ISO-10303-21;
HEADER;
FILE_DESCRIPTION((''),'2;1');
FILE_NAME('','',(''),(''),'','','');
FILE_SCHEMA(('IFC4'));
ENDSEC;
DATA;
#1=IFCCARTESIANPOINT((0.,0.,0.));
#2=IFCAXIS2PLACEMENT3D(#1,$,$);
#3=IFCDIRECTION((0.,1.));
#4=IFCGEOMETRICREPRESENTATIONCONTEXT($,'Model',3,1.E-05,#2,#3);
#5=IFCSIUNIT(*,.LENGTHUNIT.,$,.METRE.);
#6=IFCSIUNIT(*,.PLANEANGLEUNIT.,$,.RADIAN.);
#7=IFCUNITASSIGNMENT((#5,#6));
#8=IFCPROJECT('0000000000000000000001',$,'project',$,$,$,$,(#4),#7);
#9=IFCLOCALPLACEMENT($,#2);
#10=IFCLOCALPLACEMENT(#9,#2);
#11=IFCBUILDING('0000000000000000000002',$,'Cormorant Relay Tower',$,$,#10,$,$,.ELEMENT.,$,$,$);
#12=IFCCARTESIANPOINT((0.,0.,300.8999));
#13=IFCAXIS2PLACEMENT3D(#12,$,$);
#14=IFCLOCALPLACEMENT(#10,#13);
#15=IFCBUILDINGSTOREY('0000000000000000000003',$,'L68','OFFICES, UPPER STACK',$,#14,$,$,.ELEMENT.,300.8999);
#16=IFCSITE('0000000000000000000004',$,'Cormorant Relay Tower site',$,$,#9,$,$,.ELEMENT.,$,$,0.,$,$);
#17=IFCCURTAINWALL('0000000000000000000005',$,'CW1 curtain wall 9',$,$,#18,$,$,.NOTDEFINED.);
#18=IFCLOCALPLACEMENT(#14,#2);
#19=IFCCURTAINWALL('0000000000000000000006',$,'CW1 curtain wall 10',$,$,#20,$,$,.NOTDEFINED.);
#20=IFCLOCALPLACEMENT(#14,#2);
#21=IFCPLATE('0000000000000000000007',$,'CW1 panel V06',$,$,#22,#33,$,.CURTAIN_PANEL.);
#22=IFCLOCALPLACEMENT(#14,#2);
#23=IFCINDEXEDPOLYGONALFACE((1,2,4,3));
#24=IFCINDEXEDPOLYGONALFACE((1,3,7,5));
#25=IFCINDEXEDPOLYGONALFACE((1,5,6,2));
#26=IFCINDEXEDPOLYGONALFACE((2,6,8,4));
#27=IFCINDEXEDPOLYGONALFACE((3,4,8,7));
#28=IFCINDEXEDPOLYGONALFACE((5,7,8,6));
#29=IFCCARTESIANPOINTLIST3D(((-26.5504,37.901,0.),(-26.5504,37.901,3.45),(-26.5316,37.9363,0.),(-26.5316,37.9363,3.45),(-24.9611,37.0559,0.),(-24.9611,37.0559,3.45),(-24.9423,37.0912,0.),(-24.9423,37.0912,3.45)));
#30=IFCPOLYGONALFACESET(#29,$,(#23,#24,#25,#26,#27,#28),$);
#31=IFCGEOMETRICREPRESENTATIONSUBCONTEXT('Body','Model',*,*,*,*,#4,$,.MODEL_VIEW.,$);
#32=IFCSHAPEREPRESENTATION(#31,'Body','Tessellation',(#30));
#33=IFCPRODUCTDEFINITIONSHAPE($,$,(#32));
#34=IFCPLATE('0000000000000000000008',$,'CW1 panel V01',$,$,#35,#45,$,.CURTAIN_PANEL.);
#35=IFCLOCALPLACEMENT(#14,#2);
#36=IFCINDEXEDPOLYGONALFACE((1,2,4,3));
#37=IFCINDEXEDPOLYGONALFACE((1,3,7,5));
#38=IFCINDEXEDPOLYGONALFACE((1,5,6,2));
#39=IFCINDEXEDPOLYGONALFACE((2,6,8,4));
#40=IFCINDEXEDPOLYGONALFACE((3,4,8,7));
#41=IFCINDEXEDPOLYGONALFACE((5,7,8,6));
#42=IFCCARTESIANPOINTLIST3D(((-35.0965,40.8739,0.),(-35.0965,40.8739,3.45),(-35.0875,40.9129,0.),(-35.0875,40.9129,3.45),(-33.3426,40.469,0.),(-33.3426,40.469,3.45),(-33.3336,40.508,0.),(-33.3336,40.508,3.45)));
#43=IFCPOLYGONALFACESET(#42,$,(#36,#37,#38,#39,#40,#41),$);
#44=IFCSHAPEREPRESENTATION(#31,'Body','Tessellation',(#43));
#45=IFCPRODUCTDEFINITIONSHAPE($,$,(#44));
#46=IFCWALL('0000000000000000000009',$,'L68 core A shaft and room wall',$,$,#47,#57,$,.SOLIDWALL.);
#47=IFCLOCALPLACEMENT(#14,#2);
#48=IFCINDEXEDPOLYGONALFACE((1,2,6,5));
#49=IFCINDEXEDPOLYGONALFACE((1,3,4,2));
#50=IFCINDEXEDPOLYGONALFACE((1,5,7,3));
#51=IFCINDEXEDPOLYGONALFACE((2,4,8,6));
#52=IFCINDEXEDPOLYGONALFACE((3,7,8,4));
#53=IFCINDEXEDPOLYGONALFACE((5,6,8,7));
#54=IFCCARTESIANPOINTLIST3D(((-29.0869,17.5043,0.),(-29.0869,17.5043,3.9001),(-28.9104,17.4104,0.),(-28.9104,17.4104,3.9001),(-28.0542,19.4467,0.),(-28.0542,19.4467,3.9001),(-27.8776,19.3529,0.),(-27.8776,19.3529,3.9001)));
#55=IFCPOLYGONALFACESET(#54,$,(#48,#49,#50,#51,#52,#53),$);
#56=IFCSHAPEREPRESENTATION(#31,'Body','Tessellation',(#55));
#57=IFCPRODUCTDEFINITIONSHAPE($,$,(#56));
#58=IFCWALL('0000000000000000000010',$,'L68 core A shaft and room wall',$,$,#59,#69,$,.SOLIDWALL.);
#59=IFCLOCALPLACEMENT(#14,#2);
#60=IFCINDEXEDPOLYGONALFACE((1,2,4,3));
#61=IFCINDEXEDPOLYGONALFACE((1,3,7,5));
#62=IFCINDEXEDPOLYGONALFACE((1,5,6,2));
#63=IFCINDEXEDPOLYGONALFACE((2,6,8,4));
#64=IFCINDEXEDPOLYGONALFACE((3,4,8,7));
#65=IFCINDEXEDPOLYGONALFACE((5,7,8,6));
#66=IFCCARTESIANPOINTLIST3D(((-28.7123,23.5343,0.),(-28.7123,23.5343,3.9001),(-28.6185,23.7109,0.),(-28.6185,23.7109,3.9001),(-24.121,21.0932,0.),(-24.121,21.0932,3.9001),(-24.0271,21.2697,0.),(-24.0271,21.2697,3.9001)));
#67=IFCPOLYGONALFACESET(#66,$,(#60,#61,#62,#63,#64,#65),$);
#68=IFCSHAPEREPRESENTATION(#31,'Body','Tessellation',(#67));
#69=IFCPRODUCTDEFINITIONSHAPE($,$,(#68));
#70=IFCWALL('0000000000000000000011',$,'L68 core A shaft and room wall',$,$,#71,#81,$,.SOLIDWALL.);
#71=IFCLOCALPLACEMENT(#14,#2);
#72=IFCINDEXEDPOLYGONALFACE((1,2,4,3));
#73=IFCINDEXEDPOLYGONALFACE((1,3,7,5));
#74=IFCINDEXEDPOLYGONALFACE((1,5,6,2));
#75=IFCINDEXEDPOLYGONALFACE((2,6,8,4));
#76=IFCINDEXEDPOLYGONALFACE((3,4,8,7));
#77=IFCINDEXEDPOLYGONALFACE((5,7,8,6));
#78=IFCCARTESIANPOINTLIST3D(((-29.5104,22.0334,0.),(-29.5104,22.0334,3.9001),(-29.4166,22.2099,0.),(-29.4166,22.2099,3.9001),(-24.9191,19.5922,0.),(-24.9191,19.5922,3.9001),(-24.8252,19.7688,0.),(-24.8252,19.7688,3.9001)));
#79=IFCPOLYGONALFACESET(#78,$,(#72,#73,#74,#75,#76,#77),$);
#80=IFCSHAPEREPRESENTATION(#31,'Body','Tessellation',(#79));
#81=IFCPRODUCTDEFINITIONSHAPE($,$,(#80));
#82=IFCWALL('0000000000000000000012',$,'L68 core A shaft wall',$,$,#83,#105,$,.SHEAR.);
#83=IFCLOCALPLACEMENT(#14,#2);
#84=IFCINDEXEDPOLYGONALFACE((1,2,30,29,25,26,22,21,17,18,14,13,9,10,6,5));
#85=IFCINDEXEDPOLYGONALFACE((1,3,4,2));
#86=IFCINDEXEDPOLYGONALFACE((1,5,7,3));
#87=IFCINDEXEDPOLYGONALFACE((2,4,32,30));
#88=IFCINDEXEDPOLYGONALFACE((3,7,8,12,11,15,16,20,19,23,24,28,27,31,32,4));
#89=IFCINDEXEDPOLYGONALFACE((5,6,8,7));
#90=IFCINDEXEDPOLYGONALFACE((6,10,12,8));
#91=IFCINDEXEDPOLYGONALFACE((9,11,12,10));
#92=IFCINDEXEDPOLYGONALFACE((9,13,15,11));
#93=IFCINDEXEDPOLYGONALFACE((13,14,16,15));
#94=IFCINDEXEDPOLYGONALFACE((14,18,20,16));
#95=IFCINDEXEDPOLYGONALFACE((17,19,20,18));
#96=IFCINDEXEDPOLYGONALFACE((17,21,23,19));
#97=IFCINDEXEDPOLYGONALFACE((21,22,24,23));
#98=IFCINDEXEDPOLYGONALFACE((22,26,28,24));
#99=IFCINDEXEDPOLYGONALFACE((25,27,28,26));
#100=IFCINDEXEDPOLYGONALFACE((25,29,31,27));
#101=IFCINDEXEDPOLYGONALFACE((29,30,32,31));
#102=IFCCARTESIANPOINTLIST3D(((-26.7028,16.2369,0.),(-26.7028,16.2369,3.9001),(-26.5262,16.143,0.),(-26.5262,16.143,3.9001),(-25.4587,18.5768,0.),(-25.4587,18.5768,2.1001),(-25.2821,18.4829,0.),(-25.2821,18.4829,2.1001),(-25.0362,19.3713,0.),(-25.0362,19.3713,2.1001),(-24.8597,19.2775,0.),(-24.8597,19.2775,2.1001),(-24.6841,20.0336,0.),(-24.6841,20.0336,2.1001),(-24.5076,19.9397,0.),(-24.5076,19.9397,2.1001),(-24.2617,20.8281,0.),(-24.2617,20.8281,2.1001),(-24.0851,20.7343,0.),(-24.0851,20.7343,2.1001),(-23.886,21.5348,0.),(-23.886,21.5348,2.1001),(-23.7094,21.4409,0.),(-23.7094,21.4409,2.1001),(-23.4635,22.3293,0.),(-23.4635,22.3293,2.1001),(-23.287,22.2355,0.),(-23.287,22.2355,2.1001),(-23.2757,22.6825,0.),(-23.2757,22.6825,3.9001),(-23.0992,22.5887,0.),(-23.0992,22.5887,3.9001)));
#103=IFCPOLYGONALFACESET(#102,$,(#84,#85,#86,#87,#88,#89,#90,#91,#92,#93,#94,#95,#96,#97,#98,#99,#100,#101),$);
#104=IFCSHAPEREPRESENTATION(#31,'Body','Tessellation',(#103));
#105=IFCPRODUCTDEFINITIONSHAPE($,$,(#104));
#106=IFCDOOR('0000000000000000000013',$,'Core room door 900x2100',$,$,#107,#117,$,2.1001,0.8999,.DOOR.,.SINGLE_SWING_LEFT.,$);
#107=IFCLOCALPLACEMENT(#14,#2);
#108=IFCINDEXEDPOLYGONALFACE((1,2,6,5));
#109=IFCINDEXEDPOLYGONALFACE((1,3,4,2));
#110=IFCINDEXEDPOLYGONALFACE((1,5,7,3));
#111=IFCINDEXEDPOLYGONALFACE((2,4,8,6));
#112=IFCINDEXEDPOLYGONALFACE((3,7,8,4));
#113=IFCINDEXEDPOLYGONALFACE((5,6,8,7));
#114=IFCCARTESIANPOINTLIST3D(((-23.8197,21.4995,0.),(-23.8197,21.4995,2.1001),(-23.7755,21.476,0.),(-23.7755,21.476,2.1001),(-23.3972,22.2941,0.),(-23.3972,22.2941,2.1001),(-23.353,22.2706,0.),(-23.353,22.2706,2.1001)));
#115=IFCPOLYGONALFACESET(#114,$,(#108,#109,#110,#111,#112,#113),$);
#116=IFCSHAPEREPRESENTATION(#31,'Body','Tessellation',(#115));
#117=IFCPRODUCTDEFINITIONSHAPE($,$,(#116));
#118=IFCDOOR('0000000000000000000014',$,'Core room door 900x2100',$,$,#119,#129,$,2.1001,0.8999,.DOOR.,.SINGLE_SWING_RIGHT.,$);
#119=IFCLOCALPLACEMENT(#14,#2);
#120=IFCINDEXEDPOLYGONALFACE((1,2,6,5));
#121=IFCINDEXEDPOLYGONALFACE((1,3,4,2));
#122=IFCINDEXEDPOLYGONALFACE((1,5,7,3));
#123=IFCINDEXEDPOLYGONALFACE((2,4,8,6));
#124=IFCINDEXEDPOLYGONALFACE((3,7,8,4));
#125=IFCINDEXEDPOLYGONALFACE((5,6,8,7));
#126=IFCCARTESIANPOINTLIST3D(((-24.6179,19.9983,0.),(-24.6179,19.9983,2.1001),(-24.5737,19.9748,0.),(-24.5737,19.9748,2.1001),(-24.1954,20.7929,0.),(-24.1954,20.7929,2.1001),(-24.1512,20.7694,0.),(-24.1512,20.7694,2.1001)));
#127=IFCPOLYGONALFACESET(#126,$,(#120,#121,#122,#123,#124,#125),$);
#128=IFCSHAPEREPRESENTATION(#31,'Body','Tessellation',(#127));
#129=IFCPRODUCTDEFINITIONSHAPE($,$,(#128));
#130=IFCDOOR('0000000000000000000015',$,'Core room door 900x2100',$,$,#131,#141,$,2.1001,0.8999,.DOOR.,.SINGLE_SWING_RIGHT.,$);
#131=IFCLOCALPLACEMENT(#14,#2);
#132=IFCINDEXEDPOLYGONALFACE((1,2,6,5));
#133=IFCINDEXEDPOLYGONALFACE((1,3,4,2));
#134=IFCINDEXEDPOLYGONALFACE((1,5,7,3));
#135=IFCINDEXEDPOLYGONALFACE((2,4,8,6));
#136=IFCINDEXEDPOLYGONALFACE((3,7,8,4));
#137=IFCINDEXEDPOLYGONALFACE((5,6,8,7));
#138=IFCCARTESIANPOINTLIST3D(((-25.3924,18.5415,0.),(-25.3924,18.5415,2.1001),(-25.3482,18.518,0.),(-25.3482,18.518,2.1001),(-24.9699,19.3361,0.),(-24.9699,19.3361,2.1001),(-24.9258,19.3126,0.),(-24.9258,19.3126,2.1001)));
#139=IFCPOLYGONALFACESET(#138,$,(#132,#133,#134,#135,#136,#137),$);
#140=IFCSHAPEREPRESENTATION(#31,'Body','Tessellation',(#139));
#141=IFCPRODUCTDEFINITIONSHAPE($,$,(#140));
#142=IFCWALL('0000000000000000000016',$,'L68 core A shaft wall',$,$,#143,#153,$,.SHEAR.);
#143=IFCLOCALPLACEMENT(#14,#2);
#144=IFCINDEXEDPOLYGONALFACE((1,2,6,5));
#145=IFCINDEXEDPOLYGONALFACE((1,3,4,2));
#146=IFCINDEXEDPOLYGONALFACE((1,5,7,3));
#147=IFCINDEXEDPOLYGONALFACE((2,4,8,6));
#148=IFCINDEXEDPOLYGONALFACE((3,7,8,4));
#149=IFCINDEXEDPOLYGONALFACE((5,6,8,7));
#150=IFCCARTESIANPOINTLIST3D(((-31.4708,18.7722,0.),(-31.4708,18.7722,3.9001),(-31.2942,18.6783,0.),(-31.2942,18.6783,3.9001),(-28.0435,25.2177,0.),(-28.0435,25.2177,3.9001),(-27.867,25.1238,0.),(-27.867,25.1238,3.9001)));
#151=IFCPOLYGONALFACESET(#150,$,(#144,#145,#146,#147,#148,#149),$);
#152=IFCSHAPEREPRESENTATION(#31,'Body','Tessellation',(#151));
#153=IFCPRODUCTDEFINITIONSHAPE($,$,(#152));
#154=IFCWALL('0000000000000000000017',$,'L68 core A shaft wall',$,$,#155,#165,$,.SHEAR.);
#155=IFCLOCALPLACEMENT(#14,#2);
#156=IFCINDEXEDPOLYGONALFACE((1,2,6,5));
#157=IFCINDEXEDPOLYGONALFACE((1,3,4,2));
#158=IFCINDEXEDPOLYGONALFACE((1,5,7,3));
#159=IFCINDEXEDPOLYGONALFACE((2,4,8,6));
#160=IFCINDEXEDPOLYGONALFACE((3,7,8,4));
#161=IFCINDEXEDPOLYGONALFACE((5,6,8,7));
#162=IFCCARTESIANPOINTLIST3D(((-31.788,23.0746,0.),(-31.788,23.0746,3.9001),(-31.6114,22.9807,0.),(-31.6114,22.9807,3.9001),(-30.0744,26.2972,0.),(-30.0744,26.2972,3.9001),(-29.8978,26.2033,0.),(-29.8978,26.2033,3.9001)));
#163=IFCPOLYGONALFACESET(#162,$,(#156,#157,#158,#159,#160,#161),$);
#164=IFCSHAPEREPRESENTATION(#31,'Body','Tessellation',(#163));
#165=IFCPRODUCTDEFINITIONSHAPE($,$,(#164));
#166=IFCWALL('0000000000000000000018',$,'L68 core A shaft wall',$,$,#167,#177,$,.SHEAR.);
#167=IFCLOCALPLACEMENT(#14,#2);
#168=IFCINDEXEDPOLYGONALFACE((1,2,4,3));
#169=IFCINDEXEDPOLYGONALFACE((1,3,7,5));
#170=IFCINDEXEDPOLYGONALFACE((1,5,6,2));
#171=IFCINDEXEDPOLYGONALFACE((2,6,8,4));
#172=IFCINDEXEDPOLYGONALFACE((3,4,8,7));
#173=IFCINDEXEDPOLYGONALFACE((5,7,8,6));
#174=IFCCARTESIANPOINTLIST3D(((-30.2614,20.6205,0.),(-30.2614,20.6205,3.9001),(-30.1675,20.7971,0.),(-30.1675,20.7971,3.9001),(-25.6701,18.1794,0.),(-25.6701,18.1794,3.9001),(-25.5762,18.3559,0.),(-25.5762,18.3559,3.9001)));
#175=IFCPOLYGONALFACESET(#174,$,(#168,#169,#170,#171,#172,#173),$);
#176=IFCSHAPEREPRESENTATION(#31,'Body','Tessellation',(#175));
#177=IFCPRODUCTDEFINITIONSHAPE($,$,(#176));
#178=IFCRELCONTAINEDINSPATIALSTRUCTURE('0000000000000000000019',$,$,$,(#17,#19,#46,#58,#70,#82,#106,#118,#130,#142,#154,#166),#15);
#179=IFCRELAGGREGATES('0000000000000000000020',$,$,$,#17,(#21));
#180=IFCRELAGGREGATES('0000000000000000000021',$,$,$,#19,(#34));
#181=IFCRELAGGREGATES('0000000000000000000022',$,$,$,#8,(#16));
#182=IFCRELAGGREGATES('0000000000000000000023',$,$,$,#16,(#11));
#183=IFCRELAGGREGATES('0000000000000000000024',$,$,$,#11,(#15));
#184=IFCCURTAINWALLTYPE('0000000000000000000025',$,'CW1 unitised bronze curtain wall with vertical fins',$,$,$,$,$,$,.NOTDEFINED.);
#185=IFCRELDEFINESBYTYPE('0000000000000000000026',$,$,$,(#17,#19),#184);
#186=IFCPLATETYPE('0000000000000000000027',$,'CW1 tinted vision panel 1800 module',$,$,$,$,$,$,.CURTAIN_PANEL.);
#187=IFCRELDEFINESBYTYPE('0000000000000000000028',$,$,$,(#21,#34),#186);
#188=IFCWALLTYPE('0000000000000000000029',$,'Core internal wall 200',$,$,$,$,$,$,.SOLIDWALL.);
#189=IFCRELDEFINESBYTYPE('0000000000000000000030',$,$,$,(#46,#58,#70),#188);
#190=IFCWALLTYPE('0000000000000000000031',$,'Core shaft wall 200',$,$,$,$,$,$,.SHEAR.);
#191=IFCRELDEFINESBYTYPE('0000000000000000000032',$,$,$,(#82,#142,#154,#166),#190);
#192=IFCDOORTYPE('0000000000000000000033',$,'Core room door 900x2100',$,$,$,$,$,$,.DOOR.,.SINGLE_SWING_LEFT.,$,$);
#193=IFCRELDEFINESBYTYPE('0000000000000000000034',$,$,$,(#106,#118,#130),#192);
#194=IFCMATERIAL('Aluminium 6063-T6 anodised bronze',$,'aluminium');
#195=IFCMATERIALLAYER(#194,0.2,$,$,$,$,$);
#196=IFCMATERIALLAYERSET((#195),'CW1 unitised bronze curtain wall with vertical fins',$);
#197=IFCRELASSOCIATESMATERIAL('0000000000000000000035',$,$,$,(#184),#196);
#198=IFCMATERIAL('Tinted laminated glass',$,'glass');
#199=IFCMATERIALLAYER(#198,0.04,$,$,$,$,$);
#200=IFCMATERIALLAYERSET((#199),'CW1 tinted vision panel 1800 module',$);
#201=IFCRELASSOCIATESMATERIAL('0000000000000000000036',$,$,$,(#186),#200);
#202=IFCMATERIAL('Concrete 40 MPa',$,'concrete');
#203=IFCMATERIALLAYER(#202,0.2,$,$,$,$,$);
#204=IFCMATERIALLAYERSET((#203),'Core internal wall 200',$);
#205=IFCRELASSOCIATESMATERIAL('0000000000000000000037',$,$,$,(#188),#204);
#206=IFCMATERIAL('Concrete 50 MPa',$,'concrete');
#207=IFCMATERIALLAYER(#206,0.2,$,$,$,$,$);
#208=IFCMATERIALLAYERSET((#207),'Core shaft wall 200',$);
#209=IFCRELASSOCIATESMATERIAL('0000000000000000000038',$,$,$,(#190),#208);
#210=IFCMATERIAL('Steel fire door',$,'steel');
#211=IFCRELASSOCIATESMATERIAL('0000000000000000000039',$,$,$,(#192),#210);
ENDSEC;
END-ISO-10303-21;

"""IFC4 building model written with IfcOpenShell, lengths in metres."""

from ifc_helpers import new_model, si_unit, direction, frame, frame_2d, origin, origin_2d, place, context, subcontext, project, spatial, rectangle, extrude, material, layer, layer_set, type_object, element, fill, aggregate, save


model = new_model("IFC4")

# Units and contexts
model_context = context("Model", 3, precision=1e-05, world=origin(), true_north=direction((0.0, 1.0)))
body_context = subcontext(model_context, "Body", "Model", "MODEL_VIEW")
ifc_project = project(units=[si_unit("LENGTHUNIT", "METRE"), si_unit("PLANEANGLEUNIT", "RADIAN")], contexts=[model_context])

# Site, building, storey
site_placement = place(None, origin())
site = spatial("IfcSite", under=ifc_project, at=site_placement, Name="Cormorant Relay Tower site", CompositionType="ELEMENT", RefElevation=0.0)
building_placement = place(site_placement, origin())
building = spatial("IfcBuilding", under=site, at=building_placement, Name="Cormorant Relay Tower", CompositionType="ELEMENT")
storey_placement = place(building_placement, frame((0.0, 0.0, 300.8999)))
storey = spatial("IfcBuildingStorey", under=building, at=storey_placement, Name="L68", Description="OFFICES, UPPER STACK", CompositionType="ELEMENT", Elevation=300.8999)

# Curtain wall
ifc_material_1 = material(Name="Aluminium 6063-T6 anodised bronze", Category="aluminium")
ifc_layer_1 = layer(ifc_material_1, 0.2)
ifc_layer_set_1 = layer_set([ifc_layer_1], Name="CW1 unitised bronze curtain wall with vertical fins")
curtain_wall_type = type_object("IfcCurtainWallType", Name="CW1 unitised bronze curtain wall with vertical fins", PredefinedType="NOTDEFINED", material=ifc_layer_set_1)
curtain_wall_1_placement = place(storey_placement, origin())
curtain_wall_1 = element("IfcCurtainWall", 1, at=curtain_wall_1_placement, inside=storey, type_object=curtain_wall_type, Name="CW1 curtain wall 9", PredefinedType="NOTDEFINED")

# Curtain wall
curtain_wall_2_placement = place(storey_placement, origin())
curtain_wall_2 = element("IfcCurtainWall", 2, at=curtain_wall_2_placement, inside=storey, type_object=curtain_wall_type, Name="CW1 curtain wall 10", PredefinedType="NOTDEFINED")

# Plates
ifc_material_2 = material(Name="Tinted laminated glass", Category="glass")
ifc_layer_2 = layer(ifc_material_2, 0.04)
ifc_layer_set_2 = layer_set([ifc_layer_2], Name="CW1 tinted vision panel 1800 module")
plate_type = type_object("IfcPlateType", Name="CW1 tinted vision panel 1800 module", PredefinedType="CURTAIN_PANEL", material=ifc_layer_set_2)
plate_1_placement = place(storey_placement, frame((-25.7463, 37.4961, 0.0), z_axis=(0.0, 0.0, 1.0), x_axis=(-0.882948, 0.469472, 0.0)))
plate_1 = element("IfcPlate", 3, at=plate_1_placement, type_object=plate_type, Name="CW1 panel V06", PredefinedType="CURTAIN_PANEL", context=body_context, shape_type="SweptSolid", body=[
    extrude(rectangle(XDim=1.8, YDim=0.04, at=origin_2d()), origin(), (0.0, 0.0, 1.0), 3.45),
])
plate_2_placement = place(storey_placement, frame((-34.2151, 40.6909, 0.0), z_axis=(0.0, 0.0, 1.0), x_axis=(-0.97437, 0.224951, 0.0)))
plate_2 = element("IfcPlate", 4, at=plate_2_placement, type_object=plate_type, Name="CW1 panel V01", PredefinedType="CURTAIN_PANEL", context=body_context, shape_type="SweptSolid", body=[
    extrude(rectangle(XDim=1.8, YDim=0.04, at=origin_2d()), origin(), (0.0, 0.0, 1.0), 3.45),
])

# Walls
ifc_material_3 = material(Name="Concrete 40 MPa", Category="concrete")
ifc_layer_3 = layer(ifc_material_3, 0.2)
ifc_layer_set_3 = layer_set([ifc_layer_3], Name="Core internal wall 200")
wall_type_1 = type_object("IfcWallType", Name="Core internal wall 200", PredefinedType="SOLIDWALL", material=ifc_layer_set_3)
wall_1_placement = place(storey_placement, frame((-27.9658, 19.3999, 0.0), z_axis=(0.0, 0.0, 1.0), x_axis=(-0.469447, -0.88296, 0.0)))
element("IfcWall", 5, at=wall_1_placement, inside=storey, type_object=wall_type_1, Name="L68 core A shaft and room wall", PredefinedType="SOLIDWALL", context=body_context, shape_type="SweptSolid", body=[
    extrude(rectangle(XDim=2.2, YDim=0.2, at=frame_2d((1.1001, 0.0))), origin(), (0.0, 0.0, 1.0), 3.9001),
])
for number, where, z_axis, x_axis, name in (
    (6, (-24.074, 21.1814, 0.0), (0.0, 0.0, 1.0), (-0.882954, 0.46946, 0.0), "L68 core A shaft and room wall"),
    (7, (-24.8721, 19.6804, 0.0), (0.0, 0.0, 1.0), (-0.882954, 0.46946, 0.0), "L68 core A shaft and room wall"),
):
    element("IfcWall", number, at=place(storey_placement, frame(where, z_axis=z_axis, x_axis=x_axis)), inside=storey, type_object=wall_type_1, Name=name, PredefinedType="SOLIDWALL", context=body_context, shape_type="SweptSolid", body=[
        extrude(rectangle(XDim=5.2, YDim=0.2, at=frame_2d((2.6001, 0.0))), origin(), (0.0, 0.0, 1.0), 3.9001),
    ])

# Wall, openings, doors
ifc_material_4 = material(Name="Concrete 50 MPa", Category="concrete")
ifc_layer_4 = layer(ifc_material_4, 0.2)
ifc_layer_set_4 = layer_set([ifc_layer_4], Name="Core shaft wall 200")
wall_type_2 = type_object("IfcWallType", Name="Core shaft wall 200", PredefinedType="SHEAR", material=ifc_layer_set_4)
wall_2_placement = place(storey_placement, frame((-23.1875, 22.6355, 0.0), z_axis=(0.0, 0.0, 1.0), x_axis=(-0.469454, -0.882957, 0.0)))
wall_2 = element("IfcWall", 8, at=wall_2_placement, inside=storey, type_object=wall_type_2, Name="L68 core A shaft wall", PredefinedType="SHEAR", context=body_context, shape_type="SweptSolid", body=[
    extrude(rectangle(XDim=7.3, YDim=0.2, at=frame_2d((3.6499, 0.0))), origin(), (0.0, 0.0, 1.0), 3.9001),
])
opening_1_placement = place(wall_2_placement, frame((0.3999, 0.0, 0.0)))
opening_1 = element("IfcOpeningElement", 9, at=opening_1_placement, cuts=wall_2, PredefinedType="OPENING", context=body_context, shape_type="SweptSolid", body=[
    extrude(rectangle(XDim=0.8999, YDim=2.1001, at=frame_2d((0.45, 1.05))), frame((0.0, 0.1099, 0.0), z_axis=(0.0, -1.0, 0.0), x_axis=(1.0, 0.0, 0.0)), (0.0, 0.0, 1.0), 0.22),
])
opening_2_placement = place(wall_2_placement, frame((2.1001, 0.0, 0.0)))
opening_2 = element("IfcOpeningElement", 10, at=opening_2_placement, cuts=wall_2, PredefinedType="OPENING", context=body_context, shape_type="SweptSolid", body=[
    extrude(rectangle(XDim=0.8999, YDim=2.1001, at=frame_2d((0.45, 1.05))), frame((0.0, 0.1099, 0.0), z_axis=(0.0, -1.0, 0.0), x_axis=(1.0, 0.0, 0.0)), (0.0, 0.0, 1.0), 0.22),
])
opening_3_placement = place(wall_2_placement, frame((3.75, 0.0, 0.0)))
opening_3 = element("IfcOpeningElement", 11, at=opening_3_placement, cuts=wall_2, PredefinedType="OPENING", context=body_context, shape_type="SweptSolid", body=[
    extrude(rectangle(XDim=0.8999, YDim=2.1001, at=frame_2d((0.45, 1.05))), frame((0.0, 0.1099, 0.0), z_axis=(0.0, -1.0, 0.0), x_axis=(1.0, 0.0, 0.0)), (0.0, 0.0, 1.0), 0.22),
])
ifc_material_5 = material(Name="Steel fire door", Category="steel")
door_type_1 = type_object("IfcDoorType", Name="Core room door 900x2100", OperationType="SINGLE_SWING_LEFT", PredefinedType="DOOR", material=ifc_material_5)
door_1_placement = place(opening_1_placement, frame((0.8999, 0.0, 0.0), z_axis=(0.0, 0.0, 1.0), x_axis=(-1.0, 0.0, 0.0)))
door_1 = element("IfcDoor", 12, at=door_1_placement, inside=storey, type_object=door_type_1, Name="Core room door 900x2100", OperationType="SINGLE_SWING_LEFT", OverallHeight=2.1001, OverallWidth=0.8999, PredefinedType="DOOR", context=body_context, shape_type="SweptSolid", body=[
    extrude(rectangle(XDim=0.8999, YDim=2.1001, at=frame_2d((0.45, 1.05))), frame((0.0, 0.0249, 0.0), z_axis=(0.0, -1.0, 0.0), x_axis=(1.0, 0.0, 0.0)), (0.0, 0.0, 1.0), 0.05),
])
fill(opening_1, door_1)
door_2_placement = place(opening_2_placement, frame((0.8999, 0.0, 0.0), z_axis=(0.0, 0.0, 1.0), x_axis=(-1.0, 0.0, 0.0)))
door_2 = element("IfcDoor", 13, at=door_2_placement, inside=storey, type_object=door_type_1, Name="Core room door 900x2100", OperationType="SINGLE_SWING_RIGHT", OverallHeight=2.1001, OverallWidth=0.8999, PredefinedType="DOOR", context=body_context, shape_type="SweptSolid", body=[
    extrude(rectangle(XDim=0.8999, YDim=2.1001, at=frame_2d((0.45, 1.05))), frame((0.0, 0.0249, 0.0), z_axis=(0.0, -1.0, 0.0), x_axis=(1.0, 0.0, 0.0)), (0.0, 0.0, 1.0), 0.05),
])
fill(opening_2, door_2)
door_3_placement = place(opening_3_placement, frame((0.8999, 0.0, 0.0), z_axis=(0.0, 0.0, 1.0), x_axis=(-1.0, 0.0, 0.0)))
door_3 = element("IfcDoor", 14, at=door_3_placement, inside=storey, type_object=door_type_1, Name="Core room door 900x2100", OperationType="SINGLE_SWING_RIGHT", OverallHeight=2.1001, OverallWidth=0.8999, PredefinedType="DOOR", context=body_context, shape_type="SweptSolid", body=[
    extrude(rectangle(XDim=0.8999, YDim=2.1001, at=frame_2d((0.45, 1.05))), frame((0.0, 0.0249, 0.0), z_axis=(0.0, -1.0, 0.0), x_axis=(1.0, 0.0, 0.0)), (0.0, 0.0, 1.0), 0.05),
])
fill(opening_3, door_3)

# Walls
wall_3_placement = place(storey_placement, frame((-27.9553, 25.1707, 0.0), z_axis=(0.0, 0.0, 1.0), x_axis=(-0.46948, -0.882943, 0.0)))
element("IfcWall", 15, at=wall_3_placement, inside=storey, type_object=wall_type_2, Name="L68 core A shaft wall", PredefinedType="SHEAR", context=body_context, shape_type="SweptSolid", body=[
    extrude(rectangle(XDim=7.3, YDim=0.2, at=frame_2d((3.6499, 0.0))), origin(), (0.0, 0.0, 1.0), 3.9001),
])
wall_4_placement = place(storey_placement, frame((-29.9861, 26.2502, 0.0), z_axis=(0.0, 0.0, 1.0), x_axis=(-0.469494, -0.882936, 0.0)))
element("IfcWall", 16, at=wall_4_placement, inside=storey, type_object=wall_type_2, Name="L68 core A shaft wall", PredefinedType="SHEAR", context=body_context, shape_type="SweptSolid", body=[
    extrude(rectangle(XDim=3.6499, YDim=0.2, at=frame_2d((1.825, 0.0))), origin(), (0.0, 0.0, 1.0), 3.9001),
])

# Wall
wall_5_placement = place(storey_placement, frame((-25.623, 18.2676, 0.0), z_axis=(0.0, 0.0, 1.0), x_axis=(-0.882954, 0.46946, 0.0)))
element("IfcWall", 17, at=wall_5_placement, inside=storey, type_object=wall_type_2, Name="L68 core A shaft wall", PredefinedType="SHEAR", context=body_context, shape_type="SweptSolid", body=[
    extrude(rectangle(XDim=5.2, YDim=0.2, at=frame_2d((2.6001, 0.0))), origin(), (0.0, 0.0, 1.0), 3.9001),
])

aggregate(curtain_wall_1, [plate_1])
aggregate(curtain_wall_2, [plate_2])

save(model, "model.ifc")
